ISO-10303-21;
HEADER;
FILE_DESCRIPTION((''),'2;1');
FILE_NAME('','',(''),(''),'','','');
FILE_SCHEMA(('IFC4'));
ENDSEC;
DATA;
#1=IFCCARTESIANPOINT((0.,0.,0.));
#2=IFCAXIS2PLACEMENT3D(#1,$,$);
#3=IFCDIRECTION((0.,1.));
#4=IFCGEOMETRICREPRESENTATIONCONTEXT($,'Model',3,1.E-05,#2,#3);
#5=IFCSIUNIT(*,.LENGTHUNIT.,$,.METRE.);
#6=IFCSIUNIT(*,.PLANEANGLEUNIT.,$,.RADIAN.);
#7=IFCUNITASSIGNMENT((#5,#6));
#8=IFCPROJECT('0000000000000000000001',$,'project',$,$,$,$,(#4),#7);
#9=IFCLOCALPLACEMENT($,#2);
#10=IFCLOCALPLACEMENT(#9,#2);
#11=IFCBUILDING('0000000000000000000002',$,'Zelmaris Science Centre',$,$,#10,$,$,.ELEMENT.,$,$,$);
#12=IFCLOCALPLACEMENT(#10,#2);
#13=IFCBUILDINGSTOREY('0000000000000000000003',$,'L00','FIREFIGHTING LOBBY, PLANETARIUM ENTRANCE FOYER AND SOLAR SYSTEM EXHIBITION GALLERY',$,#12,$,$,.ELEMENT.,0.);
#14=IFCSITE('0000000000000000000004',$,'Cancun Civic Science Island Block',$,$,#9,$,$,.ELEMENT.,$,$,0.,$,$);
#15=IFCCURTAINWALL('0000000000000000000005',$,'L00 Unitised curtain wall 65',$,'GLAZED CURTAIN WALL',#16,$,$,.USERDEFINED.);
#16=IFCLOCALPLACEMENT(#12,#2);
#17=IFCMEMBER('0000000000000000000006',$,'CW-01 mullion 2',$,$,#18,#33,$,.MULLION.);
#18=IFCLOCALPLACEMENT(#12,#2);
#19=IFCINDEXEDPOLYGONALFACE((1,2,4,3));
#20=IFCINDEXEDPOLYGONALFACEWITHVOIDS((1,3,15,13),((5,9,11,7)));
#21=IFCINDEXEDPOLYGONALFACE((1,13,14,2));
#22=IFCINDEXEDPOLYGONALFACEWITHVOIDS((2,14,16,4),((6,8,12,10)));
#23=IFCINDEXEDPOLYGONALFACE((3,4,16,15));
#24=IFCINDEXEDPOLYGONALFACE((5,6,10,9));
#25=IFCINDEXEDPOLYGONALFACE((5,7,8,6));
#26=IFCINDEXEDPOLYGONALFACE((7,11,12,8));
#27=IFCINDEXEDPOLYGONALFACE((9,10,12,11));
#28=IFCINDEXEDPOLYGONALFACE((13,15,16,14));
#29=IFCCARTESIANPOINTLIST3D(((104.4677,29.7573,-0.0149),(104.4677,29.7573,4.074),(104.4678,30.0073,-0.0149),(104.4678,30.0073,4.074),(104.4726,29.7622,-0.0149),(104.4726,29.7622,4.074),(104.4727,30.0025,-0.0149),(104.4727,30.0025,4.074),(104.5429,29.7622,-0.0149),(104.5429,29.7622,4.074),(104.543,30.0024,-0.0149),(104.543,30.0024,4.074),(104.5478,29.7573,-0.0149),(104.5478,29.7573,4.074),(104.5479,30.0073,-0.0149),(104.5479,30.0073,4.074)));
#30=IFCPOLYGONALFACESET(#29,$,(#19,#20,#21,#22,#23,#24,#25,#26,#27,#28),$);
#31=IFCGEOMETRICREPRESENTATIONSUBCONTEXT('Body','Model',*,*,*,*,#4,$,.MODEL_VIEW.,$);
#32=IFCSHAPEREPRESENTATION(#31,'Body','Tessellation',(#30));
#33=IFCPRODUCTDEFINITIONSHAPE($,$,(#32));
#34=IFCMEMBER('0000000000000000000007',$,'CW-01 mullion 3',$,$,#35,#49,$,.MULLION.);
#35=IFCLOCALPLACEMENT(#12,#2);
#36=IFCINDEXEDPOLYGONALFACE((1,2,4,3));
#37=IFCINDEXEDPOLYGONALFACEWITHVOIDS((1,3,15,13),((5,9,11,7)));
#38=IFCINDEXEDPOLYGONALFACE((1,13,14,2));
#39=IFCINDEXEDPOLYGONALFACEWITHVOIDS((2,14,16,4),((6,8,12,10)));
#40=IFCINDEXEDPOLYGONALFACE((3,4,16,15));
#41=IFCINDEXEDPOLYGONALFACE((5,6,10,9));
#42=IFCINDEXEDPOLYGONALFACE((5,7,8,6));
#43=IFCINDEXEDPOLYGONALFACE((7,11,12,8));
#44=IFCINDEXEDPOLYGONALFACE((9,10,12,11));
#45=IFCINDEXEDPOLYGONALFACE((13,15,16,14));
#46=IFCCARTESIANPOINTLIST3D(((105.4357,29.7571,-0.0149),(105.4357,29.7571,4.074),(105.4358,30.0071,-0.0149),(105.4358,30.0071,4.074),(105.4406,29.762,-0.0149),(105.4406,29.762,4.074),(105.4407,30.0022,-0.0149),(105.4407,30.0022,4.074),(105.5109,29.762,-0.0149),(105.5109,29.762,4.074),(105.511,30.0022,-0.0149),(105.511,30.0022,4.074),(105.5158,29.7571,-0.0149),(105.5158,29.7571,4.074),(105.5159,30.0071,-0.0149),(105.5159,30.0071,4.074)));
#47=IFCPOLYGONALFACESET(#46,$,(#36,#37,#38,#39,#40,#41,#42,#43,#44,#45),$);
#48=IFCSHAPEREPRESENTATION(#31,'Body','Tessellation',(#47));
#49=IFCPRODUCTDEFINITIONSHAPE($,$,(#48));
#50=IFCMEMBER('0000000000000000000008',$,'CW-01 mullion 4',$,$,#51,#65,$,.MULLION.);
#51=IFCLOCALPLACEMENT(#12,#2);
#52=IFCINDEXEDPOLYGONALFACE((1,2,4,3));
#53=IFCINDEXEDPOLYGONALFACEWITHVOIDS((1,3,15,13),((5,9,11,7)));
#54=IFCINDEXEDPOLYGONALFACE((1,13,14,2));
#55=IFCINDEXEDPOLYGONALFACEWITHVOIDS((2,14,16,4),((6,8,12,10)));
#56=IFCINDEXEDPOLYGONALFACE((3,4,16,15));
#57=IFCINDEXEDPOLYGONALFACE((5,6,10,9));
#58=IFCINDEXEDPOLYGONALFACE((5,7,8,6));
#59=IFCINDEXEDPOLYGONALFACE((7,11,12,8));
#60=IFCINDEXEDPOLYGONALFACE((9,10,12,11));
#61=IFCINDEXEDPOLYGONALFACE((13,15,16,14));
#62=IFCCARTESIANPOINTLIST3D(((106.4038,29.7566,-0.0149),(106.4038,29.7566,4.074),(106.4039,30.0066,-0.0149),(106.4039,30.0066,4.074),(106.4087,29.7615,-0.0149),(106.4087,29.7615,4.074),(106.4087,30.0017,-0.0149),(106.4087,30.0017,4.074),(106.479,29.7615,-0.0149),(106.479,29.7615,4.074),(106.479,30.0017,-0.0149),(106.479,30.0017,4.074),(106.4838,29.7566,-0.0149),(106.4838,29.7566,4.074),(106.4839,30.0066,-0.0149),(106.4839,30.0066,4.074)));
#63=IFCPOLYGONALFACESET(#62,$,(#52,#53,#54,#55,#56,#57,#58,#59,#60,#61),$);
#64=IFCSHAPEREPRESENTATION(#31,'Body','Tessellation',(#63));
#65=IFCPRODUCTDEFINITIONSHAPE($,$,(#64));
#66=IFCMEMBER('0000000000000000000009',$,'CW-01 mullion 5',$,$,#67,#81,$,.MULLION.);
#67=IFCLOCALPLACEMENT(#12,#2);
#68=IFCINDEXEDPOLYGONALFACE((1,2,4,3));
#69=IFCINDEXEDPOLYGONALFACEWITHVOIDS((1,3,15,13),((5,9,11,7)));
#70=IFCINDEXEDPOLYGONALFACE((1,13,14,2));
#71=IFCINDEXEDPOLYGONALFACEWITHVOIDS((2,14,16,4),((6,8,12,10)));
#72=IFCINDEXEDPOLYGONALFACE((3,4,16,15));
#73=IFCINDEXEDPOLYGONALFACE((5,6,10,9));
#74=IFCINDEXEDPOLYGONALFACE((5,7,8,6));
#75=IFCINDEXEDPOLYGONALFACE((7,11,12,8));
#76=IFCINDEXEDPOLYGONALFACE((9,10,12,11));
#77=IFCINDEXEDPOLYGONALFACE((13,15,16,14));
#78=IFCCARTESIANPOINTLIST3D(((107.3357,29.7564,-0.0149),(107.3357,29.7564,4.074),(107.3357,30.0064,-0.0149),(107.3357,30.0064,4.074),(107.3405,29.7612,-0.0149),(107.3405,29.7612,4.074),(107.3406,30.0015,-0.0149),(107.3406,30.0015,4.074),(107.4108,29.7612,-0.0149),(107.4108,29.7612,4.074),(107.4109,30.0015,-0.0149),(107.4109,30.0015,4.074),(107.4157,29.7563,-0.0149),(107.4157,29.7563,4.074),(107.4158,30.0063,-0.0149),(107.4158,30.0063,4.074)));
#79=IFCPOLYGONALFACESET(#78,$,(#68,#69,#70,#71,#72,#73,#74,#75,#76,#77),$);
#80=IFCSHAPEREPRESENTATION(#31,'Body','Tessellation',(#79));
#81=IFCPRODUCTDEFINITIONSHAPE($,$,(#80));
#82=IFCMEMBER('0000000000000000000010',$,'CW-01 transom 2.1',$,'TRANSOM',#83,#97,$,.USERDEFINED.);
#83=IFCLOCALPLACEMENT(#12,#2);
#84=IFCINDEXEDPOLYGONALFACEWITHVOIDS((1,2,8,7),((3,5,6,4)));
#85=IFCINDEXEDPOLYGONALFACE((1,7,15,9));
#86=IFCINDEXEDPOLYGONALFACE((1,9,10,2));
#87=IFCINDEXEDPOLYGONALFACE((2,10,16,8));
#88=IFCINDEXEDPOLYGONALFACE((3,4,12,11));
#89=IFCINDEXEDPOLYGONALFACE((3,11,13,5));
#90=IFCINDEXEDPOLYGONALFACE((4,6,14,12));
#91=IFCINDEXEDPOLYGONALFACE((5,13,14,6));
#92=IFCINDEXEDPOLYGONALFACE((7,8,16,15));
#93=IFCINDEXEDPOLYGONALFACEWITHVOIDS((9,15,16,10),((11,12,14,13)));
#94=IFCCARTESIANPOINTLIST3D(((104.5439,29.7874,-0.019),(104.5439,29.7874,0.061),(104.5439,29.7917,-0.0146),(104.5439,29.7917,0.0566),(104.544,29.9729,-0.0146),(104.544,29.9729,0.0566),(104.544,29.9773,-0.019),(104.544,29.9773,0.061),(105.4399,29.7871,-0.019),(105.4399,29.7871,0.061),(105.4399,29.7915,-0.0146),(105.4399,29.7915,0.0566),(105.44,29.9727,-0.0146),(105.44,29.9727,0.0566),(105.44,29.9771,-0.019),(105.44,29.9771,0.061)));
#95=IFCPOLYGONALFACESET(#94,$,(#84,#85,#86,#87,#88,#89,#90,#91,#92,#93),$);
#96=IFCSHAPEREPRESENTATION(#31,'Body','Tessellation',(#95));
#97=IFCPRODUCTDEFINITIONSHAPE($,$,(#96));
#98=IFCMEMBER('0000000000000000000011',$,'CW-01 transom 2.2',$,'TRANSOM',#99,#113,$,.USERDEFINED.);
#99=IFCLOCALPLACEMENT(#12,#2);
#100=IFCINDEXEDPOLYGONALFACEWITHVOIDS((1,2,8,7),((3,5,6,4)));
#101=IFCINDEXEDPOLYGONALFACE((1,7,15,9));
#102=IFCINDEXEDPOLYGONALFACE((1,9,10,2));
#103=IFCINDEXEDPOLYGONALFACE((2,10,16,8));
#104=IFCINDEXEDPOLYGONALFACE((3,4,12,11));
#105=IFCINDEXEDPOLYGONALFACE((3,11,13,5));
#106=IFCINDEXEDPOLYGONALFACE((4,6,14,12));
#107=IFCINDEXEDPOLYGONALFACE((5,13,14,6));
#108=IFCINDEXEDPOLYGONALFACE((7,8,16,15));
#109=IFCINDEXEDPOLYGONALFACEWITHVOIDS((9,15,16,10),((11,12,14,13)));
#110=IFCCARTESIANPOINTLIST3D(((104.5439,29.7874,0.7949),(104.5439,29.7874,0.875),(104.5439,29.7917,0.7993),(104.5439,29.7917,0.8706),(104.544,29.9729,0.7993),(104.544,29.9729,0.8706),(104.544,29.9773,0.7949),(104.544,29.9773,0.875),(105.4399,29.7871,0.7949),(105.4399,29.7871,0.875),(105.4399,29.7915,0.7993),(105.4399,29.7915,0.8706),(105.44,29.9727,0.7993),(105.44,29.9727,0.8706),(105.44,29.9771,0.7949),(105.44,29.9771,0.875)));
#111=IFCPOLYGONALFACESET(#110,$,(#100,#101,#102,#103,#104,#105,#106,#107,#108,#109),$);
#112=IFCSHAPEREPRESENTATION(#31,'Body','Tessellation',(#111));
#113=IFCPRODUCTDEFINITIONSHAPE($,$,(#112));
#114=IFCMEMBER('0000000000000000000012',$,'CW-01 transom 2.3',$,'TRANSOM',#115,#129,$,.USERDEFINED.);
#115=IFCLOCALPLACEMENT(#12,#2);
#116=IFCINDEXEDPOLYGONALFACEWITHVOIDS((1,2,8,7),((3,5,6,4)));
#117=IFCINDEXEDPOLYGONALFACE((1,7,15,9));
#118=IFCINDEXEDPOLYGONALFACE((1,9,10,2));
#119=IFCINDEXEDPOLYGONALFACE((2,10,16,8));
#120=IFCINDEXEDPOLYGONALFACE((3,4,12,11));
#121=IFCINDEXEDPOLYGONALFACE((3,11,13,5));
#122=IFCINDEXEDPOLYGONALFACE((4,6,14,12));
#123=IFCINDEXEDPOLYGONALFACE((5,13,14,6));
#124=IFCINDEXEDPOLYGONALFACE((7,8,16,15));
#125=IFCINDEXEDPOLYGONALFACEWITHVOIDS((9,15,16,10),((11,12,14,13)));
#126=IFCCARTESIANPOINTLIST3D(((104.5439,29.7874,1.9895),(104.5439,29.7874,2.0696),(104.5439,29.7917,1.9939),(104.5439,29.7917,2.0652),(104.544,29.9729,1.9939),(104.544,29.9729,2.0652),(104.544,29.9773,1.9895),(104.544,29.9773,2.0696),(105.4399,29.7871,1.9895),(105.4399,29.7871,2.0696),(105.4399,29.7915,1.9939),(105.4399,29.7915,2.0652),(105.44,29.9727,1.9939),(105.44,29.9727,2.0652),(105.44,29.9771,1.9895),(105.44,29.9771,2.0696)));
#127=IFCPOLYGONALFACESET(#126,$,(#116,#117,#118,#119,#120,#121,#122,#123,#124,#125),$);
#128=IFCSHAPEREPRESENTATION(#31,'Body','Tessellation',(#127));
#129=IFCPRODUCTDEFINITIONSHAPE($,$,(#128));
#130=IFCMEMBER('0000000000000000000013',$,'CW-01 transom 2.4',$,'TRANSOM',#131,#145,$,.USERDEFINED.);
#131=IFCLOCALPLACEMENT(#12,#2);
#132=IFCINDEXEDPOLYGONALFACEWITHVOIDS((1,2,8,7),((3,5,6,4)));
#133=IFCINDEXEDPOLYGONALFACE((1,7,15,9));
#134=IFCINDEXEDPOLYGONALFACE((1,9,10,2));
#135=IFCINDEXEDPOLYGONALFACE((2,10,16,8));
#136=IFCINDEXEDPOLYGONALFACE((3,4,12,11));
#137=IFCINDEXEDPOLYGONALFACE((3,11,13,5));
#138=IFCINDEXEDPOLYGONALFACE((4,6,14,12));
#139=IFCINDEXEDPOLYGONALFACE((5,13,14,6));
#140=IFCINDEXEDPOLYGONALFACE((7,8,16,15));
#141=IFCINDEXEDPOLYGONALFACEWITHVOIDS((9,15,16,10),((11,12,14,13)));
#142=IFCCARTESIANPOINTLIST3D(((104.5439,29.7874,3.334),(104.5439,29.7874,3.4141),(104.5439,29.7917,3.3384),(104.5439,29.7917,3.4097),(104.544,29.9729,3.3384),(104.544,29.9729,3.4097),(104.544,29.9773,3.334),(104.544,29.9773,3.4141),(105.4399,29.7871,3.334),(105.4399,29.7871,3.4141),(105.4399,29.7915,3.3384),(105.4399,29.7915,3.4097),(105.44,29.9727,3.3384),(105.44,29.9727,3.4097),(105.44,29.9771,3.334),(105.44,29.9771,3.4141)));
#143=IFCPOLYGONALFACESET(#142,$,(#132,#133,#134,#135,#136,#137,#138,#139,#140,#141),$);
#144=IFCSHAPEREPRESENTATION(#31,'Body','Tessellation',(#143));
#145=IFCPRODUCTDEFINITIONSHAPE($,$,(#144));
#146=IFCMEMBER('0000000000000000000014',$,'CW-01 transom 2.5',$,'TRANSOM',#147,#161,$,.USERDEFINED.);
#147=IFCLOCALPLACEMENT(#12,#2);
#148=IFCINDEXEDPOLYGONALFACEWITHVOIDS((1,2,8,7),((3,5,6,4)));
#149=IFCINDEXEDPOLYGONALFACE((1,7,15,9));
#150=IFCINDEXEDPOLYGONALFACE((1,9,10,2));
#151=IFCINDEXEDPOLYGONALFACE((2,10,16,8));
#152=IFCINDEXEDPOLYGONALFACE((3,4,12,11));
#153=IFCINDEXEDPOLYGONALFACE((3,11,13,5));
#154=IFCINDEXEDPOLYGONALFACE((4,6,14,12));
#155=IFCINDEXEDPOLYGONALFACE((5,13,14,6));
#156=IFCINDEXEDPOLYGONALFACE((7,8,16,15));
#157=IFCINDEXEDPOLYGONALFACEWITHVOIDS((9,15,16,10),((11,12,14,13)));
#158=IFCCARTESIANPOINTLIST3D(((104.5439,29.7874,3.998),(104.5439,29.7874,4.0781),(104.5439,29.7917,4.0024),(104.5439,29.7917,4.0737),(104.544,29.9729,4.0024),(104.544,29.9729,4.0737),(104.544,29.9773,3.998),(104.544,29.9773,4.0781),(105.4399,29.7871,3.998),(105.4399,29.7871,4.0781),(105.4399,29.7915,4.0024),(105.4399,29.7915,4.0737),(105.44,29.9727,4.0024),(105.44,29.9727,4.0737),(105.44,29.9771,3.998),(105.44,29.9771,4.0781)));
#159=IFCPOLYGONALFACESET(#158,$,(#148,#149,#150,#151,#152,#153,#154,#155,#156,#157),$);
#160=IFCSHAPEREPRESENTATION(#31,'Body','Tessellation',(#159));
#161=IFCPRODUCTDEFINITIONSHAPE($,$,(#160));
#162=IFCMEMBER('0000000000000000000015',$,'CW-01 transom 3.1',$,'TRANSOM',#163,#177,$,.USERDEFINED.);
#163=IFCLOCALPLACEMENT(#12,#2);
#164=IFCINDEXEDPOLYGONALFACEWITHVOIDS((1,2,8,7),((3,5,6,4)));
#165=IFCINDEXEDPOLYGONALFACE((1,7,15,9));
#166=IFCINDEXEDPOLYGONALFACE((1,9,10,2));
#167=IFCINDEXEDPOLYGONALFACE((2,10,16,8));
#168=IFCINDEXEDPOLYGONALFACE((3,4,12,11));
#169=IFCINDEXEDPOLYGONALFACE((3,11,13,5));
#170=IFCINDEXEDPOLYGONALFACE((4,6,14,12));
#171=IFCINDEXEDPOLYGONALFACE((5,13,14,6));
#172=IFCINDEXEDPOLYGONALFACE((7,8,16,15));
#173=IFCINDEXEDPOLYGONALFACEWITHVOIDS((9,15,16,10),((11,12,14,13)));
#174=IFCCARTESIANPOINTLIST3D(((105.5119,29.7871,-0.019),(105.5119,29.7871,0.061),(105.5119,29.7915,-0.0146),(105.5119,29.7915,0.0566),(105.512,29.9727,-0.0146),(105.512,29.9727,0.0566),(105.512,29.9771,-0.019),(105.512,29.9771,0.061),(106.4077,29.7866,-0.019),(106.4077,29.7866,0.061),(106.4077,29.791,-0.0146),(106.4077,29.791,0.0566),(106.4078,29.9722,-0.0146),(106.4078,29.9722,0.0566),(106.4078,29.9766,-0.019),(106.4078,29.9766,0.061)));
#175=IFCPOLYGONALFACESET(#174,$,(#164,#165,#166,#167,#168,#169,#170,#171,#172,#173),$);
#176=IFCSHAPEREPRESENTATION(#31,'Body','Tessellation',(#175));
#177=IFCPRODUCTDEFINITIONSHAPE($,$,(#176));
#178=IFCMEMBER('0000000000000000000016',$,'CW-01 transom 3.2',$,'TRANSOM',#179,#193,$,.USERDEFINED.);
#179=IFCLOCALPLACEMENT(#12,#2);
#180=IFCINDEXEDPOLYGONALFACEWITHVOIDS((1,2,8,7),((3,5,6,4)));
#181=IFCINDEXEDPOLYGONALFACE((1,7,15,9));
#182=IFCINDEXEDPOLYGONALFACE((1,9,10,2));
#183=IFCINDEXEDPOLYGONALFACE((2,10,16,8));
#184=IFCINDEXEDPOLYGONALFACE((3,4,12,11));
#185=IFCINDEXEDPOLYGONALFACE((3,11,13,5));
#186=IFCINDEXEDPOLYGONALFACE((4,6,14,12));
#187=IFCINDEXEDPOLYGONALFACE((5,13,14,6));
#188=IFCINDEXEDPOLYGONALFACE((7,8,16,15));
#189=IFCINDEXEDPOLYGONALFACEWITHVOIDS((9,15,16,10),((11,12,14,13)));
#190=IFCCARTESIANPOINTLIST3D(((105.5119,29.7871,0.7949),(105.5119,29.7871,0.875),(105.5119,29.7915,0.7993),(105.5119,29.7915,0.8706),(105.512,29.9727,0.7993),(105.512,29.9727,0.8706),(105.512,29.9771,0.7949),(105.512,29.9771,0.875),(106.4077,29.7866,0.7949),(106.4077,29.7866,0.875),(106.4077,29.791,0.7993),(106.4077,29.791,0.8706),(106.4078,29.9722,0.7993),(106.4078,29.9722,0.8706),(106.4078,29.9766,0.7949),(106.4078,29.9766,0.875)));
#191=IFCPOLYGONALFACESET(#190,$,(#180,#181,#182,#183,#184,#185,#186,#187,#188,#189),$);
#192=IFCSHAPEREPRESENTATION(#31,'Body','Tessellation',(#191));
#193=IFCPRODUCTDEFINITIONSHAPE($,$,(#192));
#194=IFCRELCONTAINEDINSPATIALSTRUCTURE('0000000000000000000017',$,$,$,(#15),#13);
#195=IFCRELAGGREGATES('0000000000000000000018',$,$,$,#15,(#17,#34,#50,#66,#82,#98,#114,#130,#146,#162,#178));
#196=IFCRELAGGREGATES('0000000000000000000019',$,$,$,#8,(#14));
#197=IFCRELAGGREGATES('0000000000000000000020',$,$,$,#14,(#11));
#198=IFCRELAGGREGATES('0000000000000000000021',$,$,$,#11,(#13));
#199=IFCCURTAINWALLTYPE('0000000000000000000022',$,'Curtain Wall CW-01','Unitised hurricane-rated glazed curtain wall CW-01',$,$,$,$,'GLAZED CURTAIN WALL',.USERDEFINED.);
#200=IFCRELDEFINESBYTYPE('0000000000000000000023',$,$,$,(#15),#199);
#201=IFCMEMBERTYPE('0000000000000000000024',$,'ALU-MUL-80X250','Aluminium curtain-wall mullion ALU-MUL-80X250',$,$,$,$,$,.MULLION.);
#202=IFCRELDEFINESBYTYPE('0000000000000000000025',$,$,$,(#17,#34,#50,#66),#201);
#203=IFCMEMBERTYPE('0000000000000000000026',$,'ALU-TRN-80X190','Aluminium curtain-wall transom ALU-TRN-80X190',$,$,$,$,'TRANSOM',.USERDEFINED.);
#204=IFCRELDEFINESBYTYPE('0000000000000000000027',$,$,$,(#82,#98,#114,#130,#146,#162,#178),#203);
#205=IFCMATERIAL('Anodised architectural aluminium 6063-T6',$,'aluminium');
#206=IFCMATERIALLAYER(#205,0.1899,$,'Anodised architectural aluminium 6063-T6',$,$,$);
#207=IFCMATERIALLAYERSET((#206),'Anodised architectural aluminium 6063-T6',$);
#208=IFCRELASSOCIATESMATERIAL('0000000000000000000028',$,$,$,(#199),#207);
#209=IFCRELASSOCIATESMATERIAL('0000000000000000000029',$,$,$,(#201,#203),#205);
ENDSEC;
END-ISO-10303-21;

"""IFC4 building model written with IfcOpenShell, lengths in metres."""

from ifc_helpers import new_model, si_unit, direction, frame, origin, origin_2d, place, context, subcontext, project, spatial, hollow_rectangle, extrude, material, layer, layer_set, material_profile, profile_set, type_object, element, aggregate, save


model = new_model("IFC4")

# Units and contexts
model_context = context("Model", 3, precision=1e-05, world=origin(), true_north=direction((0.0, 1.0)))
body_context = subcontext(model_context, "Body", "Model", "MODEL_VIEW")
ifc_project = project(units=[si_unit("LENGTHUNIT", "METRE"), si_unit("PLANEANGLEUNIT", "RADIAN")], contexts=[model_context])

# Site, building, storey
site_placement = place(None, origin())
site = spatial("IfcSite", under=ifc_project, at=site_placement, Name="Cancun Civic Science Island Block", CompositionType="ELEMENT", RefElevation=0.0)
building_placement = place(site_placement, origin())
building = spatial("IfcBuilding", under=site, at=building_placement, Name="Zelmaris Science Centre", CompositionType="ELEMENT")
storey_placement = place(building_placement, origin())
storey = spatial("IfcBuildingStorey", under=building, at=storey_placement, Name="L00", Description="FIREFIGHTING LOBBY, PLANETARIUM ENTRANCE FOYER AND SOLAR SYSTEM EXHIBITION GALLERY", CompositionType="ELEMENT", Elevation=0.0)

# Curtain wall, members
ifc_material_1 = material(Name="Anodised architectural aluminium 6063-T6", Category="aluminium")
ifc_layer_1 = layer(ifc_material_1, 0.1899, Name="Anodised architectural aluminium 6063-T6")
ifc_layer_set_1 = layer_set([ifc_layer_1], Name="Anodised architectural aluminium 6063-T6")
curtain_wall_type = type_object("IfcCurtainWallType", Name="Curtain Wall CW-01", Description="Unitised hurricane-rated glazed curtain wall CW-01", ElementType="GLAZED CURTAIN WALL", PredefinedType="USERDEFINED", material=ifc_layer_set_1)
curtain_wall_1_placement = place(storey_placement, origin())
curtain_wall_1 = element("IfcCurtainWall", 1, at=curtain_wall_1_placement, inside=storey, type_object=curtain_wall_type, Name="L00 Unitised curtain wall 65", ObjectType="GLAZED CURTAIN WALL", PredefinedType="USERDEFINED")
ifc_material_profile_1 = material_profile(ifc_material_1, hollow_rectangle(XDim=0.0801, YDim=0.25, WallThickness=0.0049, at=origin_2d()), Name="ALU-MUL-80X250")
ifc_profile_set_1 = profile_set([ifc_material_profile_1], Name="Anodised architectural aluminium 6063-T6")
member_type_1 = type_object("IfcMemberType", Name="ALU-MUL-80X250", Description="Aluminium curtain-wall mullion ALU-MUL-80X250", PredefinedType="MULLION", material=ifc_profile_set_1)
member_1_placement = place(storey_placement, frame((104.5078, 29.8823, -0.0149), z_axis=(0.0, 0.0, 1.0), x_axis=(1.0, -0.000344, 0.0)))
member_1 = element("IfcMember", 2, at=member_1_placement, type_object=member_type_1, Name="CW-01 mullion 2", PredefinedType="MULLION", context=body_context, shape_type="SweptSolid", body=[
    extrude(hollow_rectangle(XDim=0.0801, YDim=0.25, WallThickness=0.0049, at=origin_2d()), origin(), (0.0, 0.0, 1.0), 4.0889),
])
member_2_placement = place(storey_placement, frame((105.4758, 29.8821, -0.0149), z_axis=(0.0, 0.0, 1.0), x_axis=(1.0, -0.000344, 0.0)))
member_2 = element("IfcMember", 3, at=member_2_placement, type_object=member_type_1, Name="CW-01 mullion 3", PredefinedType="MULLION", context=body_context, shape_type="SweptSolid", body=[
    extrude(hollow_rectangle(XDim=0.0801, YDim=0.25, WallThickness=0.0049, at=origin_2d()), origin(), (0.0, 0.0, 1.0), 4.0889),
])
member_3_placement = place(storey_placement, frame((106.4438, 29.8816, -0.0149), z_axis=(0.0, 0.0, 1.0), x_axis=(1.0, -0.000344, 0.0)))
member_3 = element("IfcMember", 4, at=member_3_placement, type_object=member_type_1, Name="CW-01 mullion 4", PredefinedType="MULLION", context=body_context, shape_type="SweptSolid", body=[
    extrude(hollow_rectangle(XDim=0.0801, YDim=0.25, WallThickness=0.0049, at=origin_2d()), origin(), (0.0, 0.0, 1.0), 4.0889),
])
member_4_placement = place(storey_placement, frame((107.3757, 29.8813, -0.0149), z_axis=(0.0, 0.0, 1.0), x_axis=(1.0, -0.000344, 0.0)))
member_4 = element("IfcMember", 5, at=member_4_placement, type_object=member_type_1, Name="CW-01 mullion 5", PredefinedType="MULLION", context=body_context, shape_type="SweptSolid", body=[
    extrude(hollow_rectangle(XDim=0.0801, YDim=0.25, WallThickness=0.0049, at=origin_2d()), origin(), (0.0, 0.0, 1.0), 4.0889),
])
ifc_material_profile_2 = material_profile(ifc_material_1, hollow_rectangle(XDim=0.0801, YDim=0.1899, WallThickness=0.0044, at=origin_2d()), Name="ALU-TRN-80X190")
ifc_profile_set_2 = profile_set([ifc_material_profile_2], Name="Anodised architectural aluminium 6063-T6")
member_type_2 = type_object("IfcMemberType", Name="ALU-TRN-80X190", Description="Aluminium curtain-wall transom ALU-TRN-80X190", ElementType="TRANSOM", PredefinedType="USERDEFINED", material=ifc_profile_set_2)
member_5_placement = place(storey_placement, frame((104.5439, 29.8823, 0.021), z_axis=(1.0, -0.000272, 0.0), x_axis=(0.0, 0.0, 1.0)))
member_5 = element("IfcMember", 6, at=member_5_placement, type_object=member_type_2, Name="CW-01 transom 2.1", ObjectType="TRANSOM", PredefinedType="USERDEFINED", context=body_context, shape_type="SweptSolid", body=[
    extrude(hollow_rectangle(XDim=0.0801, YDim=0.1899, WallThickness=0.0044, at=origin_2d()), origin(), (0.0, 0.0, 1.0), 0.896),
])
member_6_placement = place(storey_placement, frame((104.5439, 29.8823, 0.835), z_axis=(1.0, -0.000272, 0.0), x_axis=(0.0, 0.0, 1.0)))
member_6 = element("IfcMember", 7, at=member_6_placement, type_object=member_type_2, Name="CW-01 transom 2.2", ObjectType="TRANSOM", PredefinedType="USERDEFINED", context=body_context, shape_type="SweptSolid", body=[
    extrude(hollow_rectangle(XDim=0.0801, YDim=0.1899, WallThickness=0.0044, at=origin_2d()), origin(), (0.0, 0.0, 1.0), 0.896),
])
member_7_placement = place(storey_placement, frame((104.5439, 29.8823, 2.0295), z_axis=(1.0, -0.000272, 0.0), x_axis=(0.0, 0.0, 1.0)))
member_7 = element("IfcMember", 8, at=member_7_placement, type_object=member_type_2, Name="CW-01 transom 2.3", ObjectType="TRANSOM", PredefinedType="USERDEFINED", context=body_context, shape_type="SweptSolid", body=[
    extrude(hollow_rectangle(XDim=0.0801, YDim=0.1899, WallThickness=0.0044, at=origin_2d()), origin(), (0.0, 0.0, 1.0), 0.896),
])
member_8_placement = place(storey_placement, frame((104.5439, 29.8823, 3.374), z_axis=(1.0, -0.000272, 0.0), x_axis=(0.0, 0.0, 1.0)))
member_8 = element("IfcMember", 9, at=member_8_placement, type_object=member_type_2, Name="CW-01 transom 2.4", ObjectType="TRANSOM", PredefinedType="USERDEFINED", context=body_context, shape_type="SweptSolid", body=[
    extrude(hollow_rectangle(XDim=0.0801, YDim=0.1899, WallThickness=0.0044, at=origin_2d()), origin(), (0.0, 0.0, 1.0), 0.896),
])
member_9_placement = place(storey_placement, frame((104.5439, 29.8823, 4.0381), z_axis=(1.0, -0.000272, 0.0), x_axis=(0.0, 0.0, 1.0)))
member_9 = element("IfcMember", 10, at=member_9_placement, type_object=member_type_2, Name="CW-01 transom 2.5", ObjectType="TRANSOM", PredefinedType="USERDEFINED", context=body_context, shape_type="SweptSolid", body=[
    extrude(hollow_rectangle(XDim=0.0801, YDim=0.1899, WallThickness=0.0044, at=origin_2d()), origin(), (0.0, 0.0, 1.0), 0.896),
])
member_10_placement = place(storey_placement, frame((105.512, 29.8821, 0.021), z_axis=(1.0, -0.000545, 0.0), x_axis=(0.0, 0.0, 1.0)))
member_10 = element("IfcMember", 11, at=member_10_placement, type_object=member_type_2, Name="CW-01 transom 3.1", ObjectType="TRANSOM", PredefinedType="USERDEFINED", context=body_context, shape_type="SweptSolid", body=[
    extrude(hollow_rectangle(XDim=0.0801, YDim=0.1899, WallThickness=0.0044, at=origin_2d()), origin(), (0.0, 0.0, 1.0), 0.8958),
])
member_11_placement = place(storey_placement, frame((105.512, 29.8821, 0.835), z_axis=(1.0, -0.000545, 0.0), x_axis=(0.0, 0.0, 1.0)))
member_11 = element("IfcMember", 12, at=member_11_placement, type_object=member_type_2, Name="CW-01 transom 3.2", ObjectType="TRANSOM", PredefinedType="USERDEFINED", context=body_context, shape_type="SweptSolid", body=[
    extrude(hollow_rectangle(XDim=0.0801, YDim=0.1899, WallThickness=0.0044, at=origin_2d()), origin(), (0.0, 0.0, 1.0), 0.8958),
])
aggregate(curtain_wall_1, [member_1, member_2, member_3, member_4, member_5, member_6, member_7, member_8, member_9, member_10, member_11])

save(model, "model.ifc")
